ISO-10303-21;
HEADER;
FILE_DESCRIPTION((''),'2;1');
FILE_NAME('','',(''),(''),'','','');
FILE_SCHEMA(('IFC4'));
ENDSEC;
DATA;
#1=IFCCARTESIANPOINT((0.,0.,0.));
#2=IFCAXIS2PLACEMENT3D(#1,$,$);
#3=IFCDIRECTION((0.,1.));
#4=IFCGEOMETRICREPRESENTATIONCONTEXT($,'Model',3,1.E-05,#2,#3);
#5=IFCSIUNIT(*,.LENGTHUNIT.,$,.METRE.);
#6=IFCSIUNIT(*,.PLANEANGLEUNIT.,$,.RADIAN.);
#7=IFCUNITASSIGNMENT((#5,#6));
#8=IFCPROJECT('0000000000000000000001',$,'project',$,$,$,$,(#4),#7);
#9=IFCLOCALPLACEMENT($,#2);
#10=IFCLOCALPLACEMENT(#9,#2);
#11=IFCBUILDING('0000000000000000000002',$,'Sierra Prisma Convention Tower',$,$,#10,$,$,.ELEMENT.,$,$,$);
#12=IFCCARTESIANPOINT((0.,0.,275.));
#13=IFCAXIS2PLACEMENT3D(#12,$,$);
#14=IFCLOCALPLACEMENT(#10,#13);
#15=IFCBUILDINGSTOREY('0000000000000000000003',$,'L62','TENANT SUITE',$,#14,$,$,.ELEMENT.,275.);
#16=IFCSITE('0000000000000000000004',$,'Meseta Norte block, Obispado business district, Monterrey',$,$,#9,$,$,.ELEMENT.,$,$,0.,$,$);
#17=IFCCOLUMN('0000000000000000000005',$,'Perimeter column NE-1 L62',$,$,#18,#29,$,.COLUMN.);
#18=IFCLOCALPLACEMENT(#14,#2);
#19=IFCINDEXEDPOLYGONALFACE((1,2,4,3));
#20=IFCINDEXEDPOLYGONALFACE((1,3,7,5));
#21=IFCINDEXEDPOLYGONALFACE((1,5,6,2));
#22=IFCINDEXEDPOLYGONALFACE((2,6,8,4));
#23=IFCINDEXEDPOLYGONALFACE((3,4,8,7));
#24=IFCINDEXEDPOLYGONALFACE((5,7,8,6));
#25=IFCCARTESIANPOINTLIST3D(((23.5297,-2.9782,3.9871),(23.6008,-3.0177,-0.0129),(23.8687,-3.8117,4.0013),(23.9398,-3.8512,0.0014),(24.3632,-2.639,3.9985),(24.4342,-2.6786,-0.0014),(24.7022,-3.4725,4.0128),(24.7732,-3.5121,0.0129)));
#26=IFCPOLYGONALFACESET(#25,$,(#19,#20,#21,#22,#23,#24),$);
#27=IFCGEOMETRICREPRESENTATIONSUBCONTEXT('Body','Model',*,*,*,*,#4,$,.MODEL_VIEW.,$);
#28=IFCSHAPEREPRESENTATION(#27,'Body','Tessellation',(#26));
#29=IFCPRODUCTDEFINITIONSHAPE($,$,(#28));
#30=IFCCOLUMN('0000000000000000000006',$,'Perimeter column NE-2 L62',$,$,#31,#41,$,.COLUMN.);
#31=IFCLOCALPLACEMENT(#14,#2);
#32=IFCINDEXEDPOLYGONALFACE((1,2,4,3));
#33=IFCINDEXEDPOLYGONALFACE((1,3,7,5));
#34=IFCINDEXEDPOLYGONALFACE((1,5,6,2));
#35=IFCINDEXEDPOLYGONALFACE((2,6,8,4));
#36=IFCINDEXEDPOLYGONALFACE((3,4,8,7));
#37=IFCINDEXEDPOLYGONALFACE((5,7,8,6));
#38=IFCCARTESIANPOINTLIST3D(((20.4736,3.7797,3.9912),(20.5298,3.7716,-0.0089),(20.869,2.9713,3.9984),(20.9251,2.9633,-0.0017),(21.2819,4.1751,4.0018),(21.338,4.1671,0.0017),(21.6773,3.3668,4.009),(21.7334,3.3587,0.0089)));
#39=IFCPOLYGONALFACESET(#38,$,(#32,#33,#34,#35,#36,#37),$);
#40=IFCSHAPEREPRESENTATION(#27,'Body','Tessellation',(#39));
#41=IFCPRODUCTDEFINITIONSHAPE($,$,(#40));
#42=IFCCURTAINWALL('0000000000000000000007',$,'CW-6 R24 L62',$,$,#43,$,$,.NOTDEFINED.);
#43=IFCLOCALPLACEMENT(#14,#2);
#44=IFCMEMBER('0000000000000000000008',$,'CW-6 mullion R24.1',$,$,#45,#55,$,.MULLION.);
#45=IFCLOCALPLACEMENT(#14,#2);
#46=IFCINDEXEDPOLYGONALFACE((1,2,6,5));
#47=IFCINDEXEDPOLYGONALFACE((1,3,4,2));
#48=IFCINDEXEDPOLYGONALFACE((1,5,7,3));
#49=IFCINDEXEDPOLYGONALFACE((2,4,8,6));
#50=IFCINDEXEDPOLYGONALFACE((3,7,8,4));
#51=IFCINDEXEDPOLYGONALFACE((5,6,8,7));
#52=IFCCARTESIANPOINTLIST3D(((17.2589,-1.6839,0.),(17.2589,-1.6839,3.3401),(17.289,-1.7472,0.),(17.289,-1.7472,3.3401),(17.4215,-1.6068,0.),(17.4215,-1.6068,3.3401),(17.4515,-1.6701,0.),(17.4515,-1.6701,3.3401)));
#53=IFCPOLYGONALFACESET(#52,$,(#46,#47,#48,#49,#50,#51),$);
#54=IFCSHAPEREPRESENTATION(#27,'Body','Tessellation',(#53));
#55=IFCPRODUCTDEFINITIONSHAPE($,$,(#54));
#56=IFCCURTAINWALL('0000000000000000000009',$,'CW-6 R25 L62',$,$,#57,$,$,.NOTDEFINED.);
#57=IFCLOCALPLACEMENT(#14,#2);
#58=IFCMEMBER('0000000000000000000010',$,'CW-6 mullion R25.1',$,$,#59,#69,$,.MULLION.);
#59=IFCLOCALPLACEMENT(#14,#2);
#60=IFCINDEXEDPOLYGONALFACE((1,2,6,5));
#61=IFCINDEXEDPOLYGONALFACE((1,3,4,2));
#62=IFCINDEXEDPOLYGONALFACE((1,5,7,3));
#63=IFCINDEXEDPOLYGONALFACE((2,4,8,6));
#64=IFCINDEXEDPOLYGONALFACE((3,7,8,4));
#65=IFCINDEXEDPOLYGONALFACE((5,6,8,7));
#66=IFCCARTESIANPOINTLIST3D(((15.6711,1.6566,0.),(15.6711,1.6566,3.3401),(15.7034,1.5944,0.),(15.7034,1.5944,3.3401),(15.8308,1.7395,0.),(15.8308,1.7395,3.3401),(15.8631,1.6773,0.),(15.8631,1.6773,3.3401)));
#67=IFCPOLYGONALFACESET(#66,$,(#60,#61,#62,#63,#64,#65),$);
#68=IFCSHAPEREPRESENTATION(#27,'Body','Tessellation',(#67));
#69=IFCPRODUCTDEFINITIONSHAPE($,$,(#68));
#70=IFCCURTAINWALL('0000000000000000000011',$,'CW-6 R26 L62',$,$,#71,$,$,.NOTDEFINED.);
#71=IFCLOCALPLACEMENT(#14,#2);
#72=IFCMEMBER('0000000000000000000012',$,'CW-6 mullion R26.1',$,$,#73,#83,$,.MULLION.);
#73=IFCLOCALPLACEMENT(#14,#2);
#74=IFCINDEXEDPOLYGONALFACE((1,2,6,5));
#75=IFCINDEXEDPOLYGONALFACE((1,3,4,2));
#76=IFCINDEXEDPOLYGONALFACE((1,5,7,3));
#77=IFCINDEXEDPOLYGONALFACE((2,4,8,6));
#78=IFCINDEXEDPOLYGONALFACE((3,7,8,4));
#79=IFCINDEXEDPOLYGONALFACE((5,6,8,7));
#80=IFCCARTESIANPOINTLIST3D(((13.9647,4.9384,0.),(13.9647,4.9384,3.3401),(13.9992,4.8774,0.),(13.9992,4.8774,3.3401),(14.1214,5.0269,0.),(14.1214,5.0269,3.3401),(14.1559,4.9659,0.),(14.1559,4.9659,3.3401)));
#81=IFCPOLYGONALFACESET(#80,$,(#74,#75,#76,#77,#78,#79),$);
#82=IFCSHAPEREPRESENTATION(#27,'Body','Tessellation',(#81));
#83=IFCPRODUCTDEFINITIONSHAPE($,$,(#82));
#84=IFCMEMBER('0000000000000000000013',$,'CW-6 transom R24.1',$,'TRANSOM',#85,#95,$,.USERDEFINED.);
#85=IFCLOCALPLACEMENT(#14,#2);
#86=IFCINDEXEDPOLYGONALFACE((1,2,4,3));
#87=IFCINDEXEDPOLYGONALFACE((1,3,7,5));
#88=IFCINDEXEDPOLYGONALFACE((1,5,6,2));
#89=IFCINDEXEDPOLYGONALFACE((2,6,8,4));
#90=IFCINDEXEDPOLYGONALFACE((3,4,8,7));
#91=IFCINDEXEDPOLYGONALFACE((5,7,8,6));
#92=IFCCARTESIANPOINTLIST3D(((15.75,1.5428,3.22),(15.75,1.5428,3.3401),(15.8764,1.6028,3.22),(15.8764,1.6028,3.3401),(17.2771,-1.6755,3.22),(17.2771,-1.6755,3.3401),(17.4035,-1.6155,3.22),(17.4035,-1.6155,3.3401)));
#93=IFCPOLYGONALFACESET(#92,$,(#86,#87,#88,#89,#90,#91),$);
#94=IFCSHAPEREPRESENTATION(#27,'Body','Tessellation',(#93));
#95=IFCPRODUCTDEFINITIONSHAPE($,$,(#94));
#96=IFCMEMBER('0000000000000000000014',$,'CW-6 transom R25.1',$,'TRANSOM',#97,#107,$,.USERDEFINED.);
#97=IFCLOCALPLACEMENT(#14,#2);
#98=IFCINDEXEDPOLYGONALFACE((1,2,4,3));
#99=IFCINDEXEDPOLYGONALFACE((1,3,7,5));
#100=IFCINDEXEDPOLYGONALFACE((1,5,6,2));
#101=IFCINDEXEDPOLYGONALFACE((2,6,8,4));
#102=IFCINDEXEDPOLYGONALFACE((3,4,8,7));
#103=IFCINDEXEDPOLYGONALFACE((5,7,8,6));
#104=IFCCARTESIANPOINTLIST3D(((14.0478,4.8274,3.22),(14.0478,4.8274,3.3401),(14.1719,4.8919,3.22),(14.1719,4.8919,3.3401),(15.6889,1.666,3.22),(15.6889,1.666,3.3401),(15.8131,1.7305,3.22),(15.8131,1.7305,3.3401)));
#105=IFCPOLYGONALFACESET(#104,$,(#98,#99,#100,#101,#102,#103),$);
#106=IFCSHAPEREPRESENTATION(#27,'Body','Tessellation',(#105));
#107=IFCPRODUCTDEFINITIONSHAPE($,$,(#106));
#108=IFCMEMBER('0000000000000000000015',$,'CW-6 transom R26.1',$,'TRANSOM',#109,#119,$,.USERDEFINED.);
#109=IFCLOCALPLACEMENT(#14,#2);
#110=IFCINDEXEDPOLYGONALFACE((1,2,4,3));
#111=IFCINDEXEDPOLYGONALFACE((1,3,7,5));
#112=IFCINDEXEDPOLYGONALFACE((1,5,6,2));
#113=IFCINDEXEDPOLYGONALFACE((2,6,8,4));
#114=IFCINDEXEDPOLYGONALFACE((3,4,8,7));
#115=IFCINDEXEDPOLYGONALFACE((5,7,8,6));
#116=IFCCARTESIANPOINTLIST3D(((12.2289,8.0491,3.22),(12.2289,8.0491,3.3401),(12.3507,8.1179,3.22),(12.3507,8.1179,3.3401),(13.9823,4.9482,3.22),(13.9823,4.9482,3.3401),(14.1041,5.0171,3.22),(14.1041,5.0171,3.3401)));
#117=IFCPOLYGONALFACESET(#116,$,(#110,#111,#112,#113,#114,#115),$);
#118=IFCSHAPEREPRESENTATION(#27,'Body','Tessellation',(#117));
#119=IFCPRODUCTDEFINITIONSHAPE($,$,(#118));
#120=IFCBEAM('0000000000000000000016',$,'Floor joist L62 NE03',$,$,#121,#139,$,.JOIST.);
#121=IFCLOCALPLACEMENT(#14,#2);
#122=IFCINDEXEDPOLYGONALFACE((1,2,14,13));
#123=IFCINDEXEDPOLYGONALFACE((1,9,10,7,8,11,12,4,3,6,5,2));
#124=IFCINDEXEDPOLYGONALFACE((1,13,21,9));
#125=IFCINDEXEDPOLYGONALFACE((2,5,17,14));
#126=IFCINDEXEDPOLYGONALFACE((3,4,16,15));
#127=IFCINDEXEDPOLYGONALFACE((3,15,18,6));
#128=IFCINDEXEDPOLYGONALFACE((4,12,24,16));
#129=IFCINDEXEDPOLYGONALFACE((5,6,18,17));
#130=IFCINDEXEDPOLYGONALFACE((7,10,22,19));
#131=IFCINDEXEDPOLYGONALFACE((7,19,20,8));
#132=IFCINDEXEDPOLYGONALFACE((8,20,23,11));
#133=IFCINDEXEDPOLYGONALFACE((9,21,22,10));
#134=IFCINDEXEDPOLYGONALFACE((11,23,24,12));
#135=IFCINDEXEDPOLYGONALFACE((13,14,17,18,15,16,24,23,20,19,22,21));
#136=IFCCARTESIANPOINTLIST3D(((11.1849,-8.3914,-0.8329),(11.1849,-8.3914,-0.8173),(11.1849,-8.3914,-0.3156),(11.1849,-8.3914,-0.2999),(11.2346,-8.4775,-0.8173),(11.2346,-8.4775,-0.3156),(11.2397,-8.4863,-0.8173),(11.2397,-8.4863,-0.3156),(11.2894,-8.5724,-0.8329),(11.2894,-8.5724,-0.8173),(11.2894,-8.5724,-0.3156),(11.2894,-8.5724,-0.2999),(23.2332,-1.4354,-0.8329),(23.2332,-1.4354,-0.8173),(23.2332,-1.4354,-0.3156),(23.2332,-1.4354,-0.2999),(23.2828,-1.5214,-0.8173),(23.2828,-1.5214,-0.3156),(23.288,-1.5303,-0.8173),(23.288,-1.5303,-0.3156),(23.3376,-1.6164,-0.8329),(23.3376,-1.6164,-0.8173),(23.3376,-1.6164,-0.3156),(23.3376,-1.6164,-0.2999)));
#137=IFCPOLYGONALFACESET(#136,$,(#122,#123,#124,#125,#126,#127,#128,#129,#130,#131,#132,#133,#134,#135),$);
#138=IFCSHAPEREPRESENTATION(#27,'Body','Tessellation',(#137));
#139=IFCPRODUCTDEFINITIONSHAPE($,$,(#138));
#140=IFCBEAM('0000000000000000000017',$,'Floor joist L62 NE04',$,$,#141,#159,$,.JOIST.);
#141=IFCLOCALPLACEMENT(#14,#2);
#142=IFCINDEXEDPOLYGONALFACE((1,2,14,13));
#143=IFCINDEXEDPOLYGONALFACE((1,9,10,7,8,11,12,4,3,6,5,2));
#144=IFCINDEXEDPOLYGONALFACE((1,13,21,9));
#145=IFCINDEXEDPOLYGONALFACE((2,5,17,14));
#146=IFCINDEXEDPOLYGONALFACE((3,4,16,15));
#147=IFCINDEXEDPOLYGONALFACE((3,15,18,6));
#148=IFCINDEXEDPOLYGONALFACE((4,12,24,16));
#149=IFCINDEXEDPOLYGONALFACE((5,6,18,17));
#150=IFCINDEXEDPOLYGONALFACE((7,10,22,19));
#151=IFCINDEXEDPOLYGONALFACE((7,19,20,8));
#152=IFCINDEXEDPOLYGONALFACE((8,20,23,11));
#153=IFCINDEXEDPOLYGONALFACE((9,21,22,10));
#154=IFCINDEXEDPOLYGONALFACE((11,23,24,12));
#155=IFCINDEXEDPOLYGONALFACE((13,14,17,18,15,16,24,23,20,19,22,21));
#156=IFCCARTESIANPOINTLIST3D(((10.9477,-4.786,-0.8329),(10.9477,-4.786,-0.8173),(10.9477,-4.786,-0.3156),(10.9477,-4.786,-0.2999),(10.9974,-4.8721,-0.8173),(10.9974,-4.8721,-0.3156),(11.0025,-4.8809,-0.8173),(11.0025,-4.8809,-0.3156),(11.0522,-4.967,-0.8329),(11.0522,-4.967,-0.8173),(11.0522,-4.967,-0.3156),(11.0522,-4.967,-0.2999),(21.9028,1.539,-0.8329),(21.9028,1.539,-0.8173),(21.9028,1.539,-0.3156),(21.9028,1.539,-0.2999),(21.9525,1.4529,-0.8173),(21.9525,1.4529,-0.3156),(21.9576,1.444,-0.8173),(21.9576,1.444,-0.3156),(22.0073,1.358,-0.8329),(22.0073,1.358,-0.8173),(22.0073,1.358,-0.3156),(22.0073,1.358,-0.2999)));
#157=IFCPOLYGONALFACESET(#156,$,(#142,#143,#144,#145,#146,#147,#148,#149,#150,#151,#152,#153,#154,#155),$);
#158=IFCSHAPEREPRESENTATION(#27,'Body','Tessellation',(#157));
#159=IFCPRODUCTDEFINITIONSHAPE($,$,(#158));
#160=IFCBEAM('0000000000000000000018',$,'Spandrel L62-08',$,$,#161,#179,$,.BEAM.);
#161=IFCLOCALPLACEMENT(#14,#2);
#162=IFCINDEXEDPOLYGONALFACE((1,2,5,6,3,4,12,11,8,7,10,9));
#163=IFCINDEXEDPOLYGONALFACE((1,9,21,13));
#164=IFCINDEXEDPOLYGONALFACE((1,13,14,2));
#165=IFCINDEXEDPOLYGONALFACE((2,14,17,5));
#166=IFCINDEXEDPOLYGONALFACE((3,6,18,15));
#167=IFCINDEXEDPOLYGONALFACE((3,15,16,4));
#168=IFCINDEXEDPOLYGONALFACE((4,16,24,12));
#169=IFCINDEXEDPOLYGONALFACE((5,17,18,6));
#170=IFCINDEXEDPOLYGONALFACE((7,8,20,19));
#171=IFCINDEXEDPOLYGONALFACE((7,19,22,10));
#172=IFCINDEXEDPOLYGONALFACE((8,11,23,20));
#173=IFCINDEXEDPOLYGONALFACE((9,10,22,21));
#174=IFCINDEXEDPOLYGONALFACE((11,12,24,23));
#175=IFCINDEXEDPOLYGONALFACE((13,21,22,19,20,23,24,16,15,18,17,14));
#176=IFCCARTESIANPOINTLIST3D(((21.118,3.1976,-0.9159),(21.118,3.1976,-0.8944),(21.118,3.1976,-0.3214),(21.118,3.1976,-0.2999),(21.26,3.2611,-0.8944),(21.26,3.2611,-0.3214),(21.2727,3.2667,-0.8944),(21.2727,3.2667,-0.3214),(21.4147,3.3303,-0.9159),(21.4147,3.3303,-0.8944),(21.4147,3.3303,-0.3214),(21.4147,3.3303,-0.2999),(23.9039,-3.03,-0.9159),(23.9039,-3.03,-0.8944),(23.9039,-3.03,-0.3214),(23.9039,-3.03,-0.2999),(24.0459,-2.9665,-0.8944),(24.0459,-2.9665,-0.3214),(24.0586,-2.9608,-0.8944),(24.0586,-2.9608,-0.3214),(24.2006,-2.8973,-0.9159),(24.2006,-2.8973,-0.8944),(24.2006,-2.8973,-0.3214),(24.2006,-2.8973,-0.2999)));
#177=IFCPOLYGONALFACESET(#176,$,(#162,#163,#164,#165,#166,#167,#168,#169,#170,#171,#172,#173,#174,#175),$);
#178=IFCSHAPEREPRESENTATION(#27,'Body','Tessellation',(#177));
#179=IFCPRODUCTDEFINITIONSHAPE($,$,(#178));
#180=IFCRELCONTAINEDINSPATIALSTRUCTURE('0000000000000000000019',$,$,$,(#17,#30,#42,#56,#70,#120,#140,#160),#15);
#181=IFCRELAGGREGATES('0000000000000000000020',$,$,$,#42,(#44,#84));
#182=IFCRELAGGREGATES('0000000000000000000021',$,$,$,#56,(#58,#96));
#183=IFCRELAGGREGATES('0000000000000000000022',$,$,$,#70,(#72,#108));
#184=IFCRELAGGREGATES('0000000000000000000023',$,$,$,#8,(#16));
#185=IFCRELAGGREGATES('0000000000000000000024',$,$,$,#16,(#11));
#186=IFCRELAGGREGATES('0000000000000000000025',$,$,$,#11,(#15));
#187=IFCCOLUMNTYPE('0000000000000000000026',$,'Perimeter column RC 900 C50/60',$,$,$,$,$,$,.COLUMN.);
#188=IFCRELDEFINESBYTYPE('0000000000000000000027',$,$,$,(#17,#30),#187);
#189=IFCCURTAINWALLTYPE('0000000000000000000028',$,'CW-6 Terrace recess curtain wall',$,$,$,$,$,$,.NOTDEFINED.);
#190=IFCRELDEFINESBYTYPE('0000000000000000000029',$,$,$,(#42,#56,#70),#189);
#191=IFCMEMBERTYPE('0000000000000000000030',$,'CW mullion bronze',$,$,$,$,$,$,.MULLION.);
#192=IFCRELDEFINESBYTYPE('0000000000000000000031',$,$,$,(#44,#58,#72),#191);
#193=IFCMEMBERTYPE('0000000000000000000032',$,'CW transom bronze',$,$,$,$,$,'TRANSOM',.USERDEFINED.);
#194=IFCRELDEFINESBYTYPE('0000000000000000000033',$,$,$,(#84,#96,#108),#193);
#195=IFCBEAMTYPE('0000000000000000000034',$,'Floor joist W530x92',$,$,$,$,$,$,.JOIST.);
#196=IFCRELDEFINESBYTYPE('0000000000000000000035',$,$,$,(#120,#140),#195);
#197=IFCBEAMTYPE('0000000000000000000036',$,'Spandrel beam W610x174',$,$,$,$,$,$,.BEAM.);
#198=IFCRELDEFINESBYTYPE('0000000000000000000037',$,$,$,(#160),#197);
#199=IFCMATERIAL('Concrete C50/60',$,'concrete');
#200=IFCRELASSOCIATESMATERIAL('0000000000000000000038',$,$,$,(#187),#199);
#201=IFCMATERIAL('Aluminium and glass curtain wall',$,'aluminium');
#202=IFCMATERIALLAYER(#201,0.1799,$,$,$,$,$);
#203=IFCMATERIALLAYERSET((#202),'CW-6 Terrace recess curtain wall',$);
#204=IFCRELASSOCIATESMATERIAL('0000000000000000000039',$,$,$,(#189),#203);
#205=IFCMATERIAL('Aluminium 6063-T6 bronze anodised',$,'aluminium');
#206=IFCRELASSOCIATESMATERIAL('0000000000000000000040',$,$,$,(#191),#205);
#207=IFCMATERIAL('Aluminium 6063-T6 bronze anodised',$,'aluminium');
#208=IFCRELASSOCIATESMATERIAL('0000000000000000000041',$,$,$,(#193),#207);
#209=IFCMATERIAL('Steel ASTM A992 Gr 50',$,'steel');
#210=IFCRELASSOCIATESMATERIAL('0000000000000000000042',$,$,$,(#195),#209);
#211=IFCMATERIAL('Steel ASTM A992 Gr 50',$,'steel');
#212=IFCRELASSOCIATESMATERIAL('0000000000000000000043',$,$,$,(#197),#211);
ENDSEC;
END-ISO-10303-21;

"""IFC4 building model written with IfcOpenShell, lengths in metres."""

from ifc_helpers import new_model, si_unit, direction, frame, origin, origin_2d, place, context, subcontext, project, spatial, rectangle, i_section, extrude, material, layer, layer_set, material_profile, profile_set, type_object, element, aggregate, save


model = new_model("IFC4")

# Units and contexts
model_context = context("Model", 3, precision=1e-05, world=origin(), true_north=direction((0.0, 1.0)))
body_context = subcontext(model_context, "Body", "Model", "MODEL_VIEW")
ifc_project = project(units=[si_unit("LENGTHUNIT", "METRE"), si_unit("PLANEANGLEUNIT", "RADIAN")], contexts=[model_context])

# Site, building, storey
site_placement = place(None, origin())
site = spatial("IfcSite", under=ifc_project, at=site_placement, Name="Meseta Norte block, Obispado business district, Monterrey", CompositionType="ELEMENT", RefElevation=0.0)
building_placement = place(site_placement, origin())
building = spatial("IfcBuilding", under=site, at=building_placement, Name="Sierra Prisma Convention Tower", CompositionType="ELEMENT")
storey_placement = place(building_placement, frame((0.0, 0.0, 275.0)))
storey = spatial("IfcBuildingStorey", under=building, at=storey_placement, Name="L62", Description="TENANT SUITE", CompositionType="ELEMENT", Elevation=275.0)

# Columns
ifc_material_1 = material(Name="Concrete C50/60", Category="concrete")
ifc_material_profile_1 = material_profile(ifc_material_1, rectangle(XDim=0.8999, YDim=0.8999, at=origin_2d()), Name="Perimeter column RC 900 C50/60")
ifc_profile_set_1 = profile_set([ifc_material_profile_1], Name="Concrete C50/60")
column_type = type_object("IfcColumnType", Name="Perimeter column RC 900 C50/60", PredefinedType="COLUMN", material=ifc_profile_set_1)
column_1_placement = place(storey_placement, frame((24.187, -3.2649, 0.0), z_axis=(-0.017758, 0.009886, 0.999793), x_axis=(-0.376697, 0.926201, -0.015849)))
element("IfcColumn", 1, at=column_1_placement, inside=storey, type_object=column_type, Name="Perimeter column NE-1 L62", PredefinedType="COLUMN", context=body_context, shape_type="SweptSolid", body=[
    extrude(rectangle(XDim=0.8999, YDim=0.8999, at=origin_2d()), origin(), (0.0, 0.0, 1.0), 4.0007),
])
column_2_placement = place(storey_placement, frame((21.1316, 3.5652, 0.0), z_axis=(-0.014037, 0.002014, 0.999899), x_axis=(-0.439369, 0.898271, -0.007977)))
element("IfcColumn", 2, at=column_2_placement, inside=storey, type_object=column_type, Name="Perimeter column NE-2 L62", PredefinedType="COLUMN", context=body_context, shape_type="SweptSolid", body=[
    extrude(rectangle(XDim=0.8999, YDim=0.8999, at=origin_2d()), origin(), (0.0, 0.0, 1.0), 4.0005),
])

# Curtain walls, members
ifc_material_2 = material(Name="Aluminium and glass curtain wall", Category="aluminium")
ifc_layer_1 = layer(ifc_material_2, 0.1799)
ifc_layer_set_1 = layer_set([ifc_layer_1], Name="CW-6 Terrace recess curtain wall")
curtain_wall_type = type_object("IfcCurtainWallType", Name="CW-6 Terrace recess curtain wall", PredefinedType="NOTDEFINED", material=ifc_layer_set_1)
curtain_wall_1_placement = place(storey_placement, origin())
curtain_wall_1 = element("IfcCurtainWall", 3, at=curtain_wall_1_placement, inside=storey, type_object=curtain_wall_type, Name="CW-6 R24 L62", PredefinedType="NOTDEFINED")
ifc_material_3 = material(Name="Aluminium 6063-T6 bronze anodised", Category="aluminium")
ifc_material_profile_2 = material_profile(ifc_material_3, rectangle(XDim=0.1799, YDim=0.0701, at=origin_2d()), Name="ALU MULLION 70x180")
ifc_profile_set_2 = profile_set([ifc_material_profile_2], Name="Aluminium 6063-T6 bronze anodised")
member_type_1 = type_object("IfcMemberType", Name="CW mullion bronze", PredefinedType="MULLION", material=ifc_profile_set_2)
member_1_placement = place(storey_placement, frame((17.3552, -1.677, 0.0), z_axis=(0.0, 0.0, 1.0), x_axis=(-0.903468, -0.428657, 0.0)))
member_1 = element("IfcMember", 4, at=member_1_placement, type_object=member_type_1, Name="CW-6 mullion R24.1", PredefinedType="MULLION", context=body_context, shape_type="SweptSolid", body=[
    extrude(rectangle(XDim=0.1799, YDim=0.0701, at=origin_2d()), origin(), (0.0, 0.0, 1.0), 3.3401),
])
curtain_wall_2_placement = place(storey_placement, origin())
curtain_wall_2 = element("IfcCurtainWall", 5, at=curtain_wall_2_placement, inside=storey, type_object=curtain_wall_type, Name="CW-6 R25 L62", PredefinedType="NOTDEFINED")
member_2_placement = place(storey_placement, frame((15.7671, 1.667, 0.0), z_axis=(0.0, 0.0, 1.0), x_axis=(-0.887537, -0.460736, 0.0)))
member_2 = element("IfcMember", 6, at=member_2_placement, type_object=member_type_1, Name="CW-6 mullion R25.1", PredefinedType="MULLION", context=body_context, shape_type="SweptSolid", body=[
    extrude(rectangle(XDim=0.1799, YDim=0.0701, at=origin_2d()), origin(), (0.0, 0.0, 1.0), 3.3401),
])
curtain_wall_3_placement = place(storey_placement, origin())
curtain_wall_3 = element("IfcCurtainWall", 7, at=curtain_wall_3_placement, inside=storey, type_object=curtain_wall_type, Name="CW-6 R26 L62", PredefinedType="NOTDEFINED")
member_3_placement = place(storey_placement, frame((14.0603, 4.9521, 0.0), z_axis=(0.0, 0.0, 1.0), x_axis=(-0.870468, -0.492225, 0.0)))
member_3 = element("IfcMember", 8, at=member_3_placement, type_object=member_type_1, Name="CW-6 mullion R26.1", PredefinedType="MULLION", context=body_context, shape_type="SweptSolid", body=[
    extrude(rectangle(XDim=0.1799, YDim=0.0701, at=origin_2d()), origin(), (0.0, 0.0, 1.0), 3.3401),
])

# Members
ifc_material_4 = material(Name="Aluminium 6063-T6 bronze anodised", Category="aluminium")
ifc_material_profile_3 = material_profile(ifc_material_4, rectangle(XDim=0.1399, YDim=0.1201, at=origin_2d()), Name="ALU TRANSOM 120x140")
ifc_profile_set_3 = profile_set([ifc_material_profile_3], Name="Aluminium 6063-T6 bronze anodised")
member_type_2 = type_object("IfcMemberType", Name="CW transom bronze", ElementType="TRANSOM", PredefinedType="USERDEFINED", material=ifc_profile_set_3)
member_4_placement = place(storey_placement, frame((17.3403, -1.6455, 3.28), z_axis=(-0.428696, 0.903449, 0.0), x_axis=(-0.903449, -0.428696, 0.0)))
member_4 = element("IfcMember", 9, at=member_4_placement, type_object=member_type_2, Name="CW-6 transom R24.1", ObjectType="TRANSOM", PredefinedType="USERDEFINED", context=body_context, shape_type="SweptSolid", body=[
    extrude(rectangle(XDim=0.1399, YDim=0.1201, at=origin_2d()), origin(), (0.0, 0.0, 1.0), 3.5623),
])
member_5_placement = place(storey_placement, frame((15.751, 1.6982, 3.28), z_axis=(-0.460733, 0.887539, 0.0), x_axis=(-0.887539, -0.460733, 0.0)))
member_5 = element("IfcMember", 10, at=member_5_placement, type_object=member_type_2, Name="CW-6 transom R25.1", ObjectType="TRANSOM", PredefinedType="USERDEFINED", context=body_context, shape_type="SweptSolid", body=[
    extrude(rectangle(XDim=0.1399, YDim=0.1201, at=origin_2d()), origin(), (0.0, 0.0, 1.0), 3.562),
])
member_6_placement = place(storey_placement, frame((14.0432, 4.9827, 3.28), z_axis=(-0.492222, 0.87047, 0.0), x_axis=(-0.87047, -0.492222, 0.0)))
member_6 = element("IfcMember", 11, at=member_6_placement, type_object=member_type_2, Name="CW-6 transom R26.1", ObjectType="TRANSOM", PredefinedType="USERDEFINED", context=body_context, shape_type="SweptSolid", body=[
    extrude(rectangle(XDim=0.1399, YDim=0.1201, at=origin_2d()), origin(), (0.0, 0.0, 1.0), 3.5623),
])

# Beams
ifc_material_5 = material(Name="Steel ASTM A992 Gr 50", Category="steel")
ifc_material_profile_4 = material_profile(ifc_material_5, i_section(OverallWidth=0.209, OverallDepth=0.533, WebThickness=0.0103, FlangeThickness=0.0156, at=origin_2d()), Name="W530x92")
ifc_profile_set_4 = profile_set([ifc_material_profile_4], Name="Steel ASTM A992 Gr 50")
beam_type_1 = type_object("IfcBeamType", Name="Floor joist W530x92", PredefinedType="JOIST", material=ifc_profile_set_4)
beam_1_placement = place(storey_placement, frame((23.2854, -1.5259, -0.5664), z_axis=(-0.866027, -0.499997, 0.0), x_axis=(0.499997, -0.866027, 0.0)))
element("IfcBeam", 12, at=beam_1_placement, inside=storey, type_object=beam_type_1, Name="Floor joist L62 NE03", PredefinedType="JOIST", context=body_context, shape_type="SweptSolid", body=[
    extrude(i_section(OverallWidth=0.209, OverallDepth=0.533, WebThickness=0.0103, FlangeThickness=0.0156, at=origin_2d()), origin(), (0.0, 0.0, 1.0), 13.9121),
])
beam_2_placement = place(storey_placement, frame((21.9551, 1.4485, -0.5664), z_axis=(-0.866024, -0.500002, 0.0), x_axis=(0.500002, -0.866024, 0.0)))
element("IfcBeam", 13, at=beam_2_placement, inside=storey, type_object=beam_type_1, Name="Floor joist L62 NE04", PredefinedType="JOIST", context=body_context, shape_type="SweptSolid", body=[
    extrude(i_section(OverallWidth=0.209, OverallDepth=0.533, WebThickness=0.0103, FlangeThickness=0.0156, at=origin_2d()), origin(), (0.0, 0.0, 1.0), 12.6499),
])
ifc_material_6 = material(Name="Steel ASTM A992 Gr 50", Category="steel")
ifc_material_profile_5 = material_profile(ifc_material_6, i_section(OverallWidth=0.325, OverallDepth=0.616, WebThickness=0.0139, FlangeThickness=0.0215, at=origin_2d()), Name="W610x174")
ifc_profile_set_5 = profile_set([ifc_material_profile_5], Name="Steel ASTM A992 Gr 50")
beam_type_2 = type_object("IfcBeamType", Name="Spandrel beam W610x174", PredefinedType="BEAM", material=ifc_profile_set_5)
beam_3_placement = place(storey_placement, frame((24.0522, -2.9636, -0.6079), z_axis=(-0.408352, 0.912825, 0.0), x_axis=(-0.912825, -0.408352, 0.0)))
element("IfcBeam", 14, at=beam_3_placement, inside=storey, type_object=beam_type_2, Name="Spandrel L62-08", PredefinedType="BEAM", context=body_context, shape_type="SweptSolid", body=[
    extrude(i_section(OverallWidth=0.325, OverallDepth=0.616, WebThickness=0.0139, FlangeThickness=0.0215, at=origin_2d()), origin(), (0.0, 0.0, 1.0), 6.8223),
])

aggregate(curtain_wall_1, [member_1, member_4])
aggregate(curtain_wall_2, [member_2, member_5])
aggregate(curtain_wall_3, [member_3, member_6])

save(model, "model.ifc")
